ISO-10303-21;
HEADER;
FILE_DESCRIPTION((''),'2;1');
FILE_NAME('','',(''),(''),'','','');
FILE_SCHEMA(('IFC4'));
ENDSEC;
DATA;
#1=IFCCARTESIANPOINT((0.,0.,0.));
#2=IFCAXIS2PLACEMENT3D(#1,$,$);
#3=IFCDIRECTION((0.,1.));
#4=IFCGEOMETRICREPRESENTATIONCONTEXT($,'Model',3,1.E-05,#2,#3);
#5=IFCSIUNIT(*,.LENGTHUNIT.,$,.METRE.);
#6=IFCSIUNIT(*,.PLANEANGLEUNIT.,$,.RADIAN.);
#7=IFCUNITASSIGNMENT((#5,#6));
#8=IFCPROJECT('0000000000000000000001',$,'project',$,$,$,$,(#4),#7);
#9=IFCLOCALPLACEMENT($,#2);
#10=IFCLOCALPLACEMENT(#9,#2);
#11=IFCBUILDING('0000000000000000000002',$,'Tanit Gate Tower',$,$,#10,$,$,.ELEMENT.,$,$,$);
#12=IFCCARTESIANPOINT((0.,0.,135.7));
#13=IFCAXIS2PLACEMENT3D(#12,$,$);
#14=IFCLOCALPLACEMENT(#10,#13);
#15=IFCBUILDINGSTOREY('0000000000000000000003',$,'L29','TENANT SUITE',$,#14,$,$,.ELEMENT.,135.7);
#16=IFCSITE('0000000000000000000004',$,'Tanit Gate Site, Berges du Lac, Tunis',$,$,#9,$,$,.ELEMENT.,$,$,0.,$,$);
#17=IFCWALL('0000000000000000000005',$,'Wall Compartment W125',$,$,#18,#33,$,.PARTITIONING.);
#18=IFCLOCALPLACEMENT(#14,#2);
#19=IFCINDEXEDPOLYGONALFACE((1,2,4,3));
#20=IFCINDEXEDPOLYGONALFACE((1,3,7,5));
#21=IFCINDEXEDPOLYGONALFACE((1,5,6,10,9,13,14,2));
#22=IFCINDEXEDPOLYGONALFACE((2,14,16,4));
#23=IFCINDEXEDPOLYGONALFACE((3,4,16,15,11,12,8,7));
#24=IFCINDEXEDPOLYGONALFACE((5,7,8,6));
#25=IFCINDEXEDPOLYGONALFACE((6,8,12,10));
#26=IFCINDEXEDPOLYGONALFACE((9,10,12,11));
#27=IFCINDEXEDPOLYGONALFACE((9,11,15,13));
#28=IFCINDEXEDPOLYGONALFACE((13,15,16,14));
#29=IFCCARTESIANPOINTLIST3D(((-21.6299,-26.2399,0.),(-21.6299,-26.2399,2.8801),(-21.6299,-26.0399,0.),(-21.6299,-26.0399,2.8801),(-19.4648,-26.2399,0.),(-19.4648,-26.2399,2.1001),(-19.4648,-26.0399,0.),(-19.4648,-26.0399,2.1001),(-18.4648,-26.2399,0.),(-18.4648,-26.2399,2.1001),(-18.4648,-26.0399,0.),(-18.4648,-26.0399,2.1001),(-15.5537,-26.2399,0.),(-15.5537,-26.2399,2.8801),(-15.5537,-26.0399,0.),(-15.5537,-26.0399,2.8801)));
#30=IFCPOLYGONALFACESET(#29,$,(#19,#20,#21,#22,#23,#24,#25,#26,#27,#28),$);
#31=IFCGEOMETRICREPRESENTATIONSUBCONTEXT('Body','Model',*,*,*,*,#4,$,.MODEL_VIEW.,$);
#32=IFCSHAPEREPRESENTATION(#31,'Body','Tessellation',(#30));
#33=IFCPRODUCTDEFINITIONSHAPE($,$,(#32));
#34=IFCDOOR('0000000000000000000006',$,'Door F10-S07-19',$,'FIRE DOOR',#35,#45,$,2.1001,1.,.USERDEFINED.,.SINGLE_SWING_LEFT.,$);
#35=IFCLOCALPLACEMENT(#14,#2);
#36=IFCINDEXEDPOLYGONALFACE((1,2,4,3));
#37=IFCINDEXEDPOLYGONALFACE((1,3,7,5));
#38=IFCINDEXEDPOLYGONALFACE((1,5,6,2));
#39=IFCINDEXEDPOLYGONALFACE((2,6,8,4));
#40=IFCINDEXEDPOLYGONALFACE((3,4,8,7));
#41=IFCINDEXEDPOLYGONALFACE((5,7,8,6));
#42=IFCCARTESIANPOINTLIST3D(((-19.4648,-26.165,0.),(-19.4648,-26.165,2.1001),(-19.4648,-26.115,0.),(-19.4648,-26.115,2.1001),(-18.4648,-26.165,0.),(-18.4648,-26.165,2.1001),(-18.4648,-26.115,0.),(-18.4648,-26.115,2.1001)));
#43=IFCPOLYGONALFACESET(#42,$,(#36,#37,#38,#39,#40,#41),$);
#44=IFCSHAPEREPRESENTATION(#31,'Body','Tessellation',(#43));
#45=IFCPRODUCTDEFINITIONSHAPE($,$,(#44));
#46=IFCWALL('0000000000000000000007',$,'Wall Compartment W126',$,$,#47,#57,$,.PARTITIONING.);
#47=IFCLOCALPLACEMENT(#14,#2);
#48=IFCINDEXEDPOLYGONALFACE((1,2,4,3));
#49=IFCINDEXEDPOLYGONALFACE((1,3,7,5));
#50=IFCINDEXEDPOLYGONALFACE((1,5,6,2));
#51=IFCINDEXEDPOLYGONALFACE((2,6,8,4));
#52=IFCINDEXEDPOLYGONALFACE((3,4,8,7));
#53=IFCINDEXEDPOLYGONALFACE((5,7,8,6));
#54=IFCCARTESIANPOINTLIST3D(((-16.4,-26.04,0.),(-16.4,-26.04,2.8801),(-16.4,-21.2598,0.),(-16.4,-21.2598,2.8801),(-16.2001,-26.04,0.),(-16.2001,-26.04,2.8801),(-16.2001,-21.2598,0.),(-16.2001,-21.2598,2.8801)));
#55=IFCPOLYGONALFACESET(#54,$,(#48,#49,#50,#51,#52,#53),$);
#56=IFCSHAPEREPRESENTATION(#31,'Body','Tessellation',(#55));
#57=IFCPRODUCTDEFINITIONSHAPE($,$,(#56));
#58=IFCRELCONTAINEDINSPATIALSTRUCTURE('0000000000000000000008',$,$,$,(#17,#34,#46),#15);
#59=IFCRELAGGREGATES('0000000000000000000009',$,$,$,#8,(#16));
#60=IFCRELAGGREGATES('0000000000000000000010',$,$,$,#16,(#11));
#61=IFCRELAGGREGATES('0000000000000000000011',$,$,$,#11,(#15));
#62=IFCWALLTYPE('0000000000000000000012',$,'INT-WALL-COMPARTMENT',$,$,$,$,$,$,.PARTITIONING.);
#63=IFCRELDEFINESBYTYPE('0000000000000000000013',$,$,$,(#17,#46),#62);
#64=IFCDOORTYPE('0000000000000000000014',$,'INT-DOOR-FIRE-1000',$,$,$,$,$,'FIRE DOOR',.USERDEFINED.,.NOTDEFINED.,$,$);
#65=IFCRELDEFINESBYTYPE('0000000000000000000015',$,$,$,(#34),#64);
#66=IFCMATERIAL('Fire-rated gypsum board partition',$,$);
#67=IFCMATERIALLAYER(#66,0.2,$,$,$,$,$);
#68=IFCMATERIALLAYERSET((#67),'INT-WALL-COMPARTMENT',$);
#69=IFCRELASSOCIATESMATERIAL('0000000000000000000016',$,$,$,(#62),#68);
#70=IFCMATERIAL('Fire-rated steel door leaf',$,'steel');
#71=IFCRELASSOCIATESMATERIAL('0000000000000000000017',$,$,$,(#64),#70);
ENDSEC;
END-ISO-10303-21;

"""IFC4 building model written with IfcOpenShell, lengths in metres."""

from ifc_helpers import new_model, si_unit, direction, frame, frame_2d, origin, place, context, subcontext, project, spatial, rectangle, extrude, material, layer, layer_set, type_object, element, fill, save


model = new_model("IFC4")

# Units and contexts
model_context = context("Model", 3, precision=1e-05, world=origin(), true_north=direction((0.0, 1.0)))
body_context = subcontext(model_context, "Body", "Model", "MODEL_VIEW")
ifc_project = project(units=[si_unit("LENGTHUNIT", "METRE"), si_unit("PLANEANGLEUNIT", "RADIAN")], contexts=[model_context])

# Site, building, storey
site_placement = place(None, origin())
site = spatial("IfcSite", under=ifc_project, at=site_placement, Name="Tanit Gate Site, Berges du Lac, Tunis", CompositionType="ELEMENT", RefElevation=0.0)
building_placement = place(site_placement, origin())
building = spatial("IfcBuilding", under=site, at=building_placement, Name="Tanit Gate Tower", CompositionType="ELEMENT")
storey_placement = place(building_placement, frame((0.0, 0.0, 135.7)))
storey = spatial("IfcBuildingStorey", under=building, at=storey_placement, Name="L29", Description="TENANT SUITE", CompositionType="ELEMENT", Elevation=135.7)

# Shared definitions
ifc_material_1 = material(Name="Fire-rated gypsum board partition")
ifc_layer_1 = layer(ifc_material_1, 0.2)
ifc_layer_set_1 = layer_set([ifc_layer_1], Name="INT-WALL-COMPARTMENT")
wall_type_1 = type_object("IfcWallType", Name="INT-WALL-COMPARTMENT", PredefinedType="PARTITIONING", material=ifc_layer_set_1)

# Wall, opening, door
wall_1_placement = place(storey_placement, frame((-21.6299, -26.1399, 0.0), z_axis=(0.0, 0.0, 1.0), x_axis=(1.0, 0.0, 0.0)))
wall_1 = element("IfcWall", 1, at=wall_1_placement, inside=storey, type_object=wall_type_1, Name="Wall Compartment W125", PredefinedType="PARTITIONING", context=body_context, shape_type="SweptSolid", body=[
    extrude(rectangle(XDim=6.0762, YDim=0.2, at=frame_2d((3.0381, 0.0))), origin(), (0.0, 0.0, 1.0), 2.8801),
])
opening_placement = place(wall_1_placement, frame((2.165, 0.0, 0.0)))
opening = element("IfcOpeningElement", 2, at=opening_placement, cuts=wall_1, PredefinedType="OPENING", context=body_context, shape_type="SweptSolid", body=[
    extrude(rectangle(XDim=1.0, YDim=2.1001, at=frame_2d((0.5, 1.05))), frame((0.0, 0.1099, 0.0), z_axis=(0.0, -1.0, 0.0), x_axis=(1.0, 0.0, 0.0)), (0.0, 0.0, 1.0), 0.22),
])
ifc_material_2 = material(Name="Fire-rated steel door leaf", Category="steel")
door_type = type_object("IfcDoorType", Name="INT-DOOR-FIRE-1000", ElementType="FIRE DOOR", OperationType="NOTDEFINED", PredefinedType="USERDEFINED", material=ifc_material_2)
door_placement = place(opening_placement, origin())
door = element("IfcDoor", 3, at=door_placement, inside=storey, type_object=door_type, Name="Door F10-S07-19", ObjectType="FIRE DOOR", OperationType="SINGLE_SWING_LEFT", OverallHeight=2.1001, OverallWidth=1.0, PredefinedType="USERDEFINED", context=body_context, shape_type="SweptSolid", body=[
    extrude(rectangle(XDim=1.0, YDim=2.1001, at=frame_2d((0.5, 1.05))), frame((0.0, 0.0249, 0.0), z_axis=(0.0, -1.0, 0.0), x_axis=(1.0, 0.0, 0.0)), (0.0, 0.0, 1.0), 0.05),
])
fill(opening, door)

# Wall
wall_2_placement = place(storey_placement, frame((-16.3, -26.04, 0.0), z_axis=(0.0, 0.0, 1.0), x_axis=(0.0, 1.0, 0.0)))
element("IfcWall", 4, at=wall_2_placement, inside=storey, type_object=wall_type_1, Name="Wall Compartment W126", PredefinedType="PARTITIONING", context=body_context, shape_type="SweptSolid", body=[
    extrude(rectangle(XDim=4.7803, YDim=0.2, at=frame_2d((2.3901, 0.0))), origin(), (0.0, 0.0, 1.0), 2.8801),
])

save(model, "model.ifc")
